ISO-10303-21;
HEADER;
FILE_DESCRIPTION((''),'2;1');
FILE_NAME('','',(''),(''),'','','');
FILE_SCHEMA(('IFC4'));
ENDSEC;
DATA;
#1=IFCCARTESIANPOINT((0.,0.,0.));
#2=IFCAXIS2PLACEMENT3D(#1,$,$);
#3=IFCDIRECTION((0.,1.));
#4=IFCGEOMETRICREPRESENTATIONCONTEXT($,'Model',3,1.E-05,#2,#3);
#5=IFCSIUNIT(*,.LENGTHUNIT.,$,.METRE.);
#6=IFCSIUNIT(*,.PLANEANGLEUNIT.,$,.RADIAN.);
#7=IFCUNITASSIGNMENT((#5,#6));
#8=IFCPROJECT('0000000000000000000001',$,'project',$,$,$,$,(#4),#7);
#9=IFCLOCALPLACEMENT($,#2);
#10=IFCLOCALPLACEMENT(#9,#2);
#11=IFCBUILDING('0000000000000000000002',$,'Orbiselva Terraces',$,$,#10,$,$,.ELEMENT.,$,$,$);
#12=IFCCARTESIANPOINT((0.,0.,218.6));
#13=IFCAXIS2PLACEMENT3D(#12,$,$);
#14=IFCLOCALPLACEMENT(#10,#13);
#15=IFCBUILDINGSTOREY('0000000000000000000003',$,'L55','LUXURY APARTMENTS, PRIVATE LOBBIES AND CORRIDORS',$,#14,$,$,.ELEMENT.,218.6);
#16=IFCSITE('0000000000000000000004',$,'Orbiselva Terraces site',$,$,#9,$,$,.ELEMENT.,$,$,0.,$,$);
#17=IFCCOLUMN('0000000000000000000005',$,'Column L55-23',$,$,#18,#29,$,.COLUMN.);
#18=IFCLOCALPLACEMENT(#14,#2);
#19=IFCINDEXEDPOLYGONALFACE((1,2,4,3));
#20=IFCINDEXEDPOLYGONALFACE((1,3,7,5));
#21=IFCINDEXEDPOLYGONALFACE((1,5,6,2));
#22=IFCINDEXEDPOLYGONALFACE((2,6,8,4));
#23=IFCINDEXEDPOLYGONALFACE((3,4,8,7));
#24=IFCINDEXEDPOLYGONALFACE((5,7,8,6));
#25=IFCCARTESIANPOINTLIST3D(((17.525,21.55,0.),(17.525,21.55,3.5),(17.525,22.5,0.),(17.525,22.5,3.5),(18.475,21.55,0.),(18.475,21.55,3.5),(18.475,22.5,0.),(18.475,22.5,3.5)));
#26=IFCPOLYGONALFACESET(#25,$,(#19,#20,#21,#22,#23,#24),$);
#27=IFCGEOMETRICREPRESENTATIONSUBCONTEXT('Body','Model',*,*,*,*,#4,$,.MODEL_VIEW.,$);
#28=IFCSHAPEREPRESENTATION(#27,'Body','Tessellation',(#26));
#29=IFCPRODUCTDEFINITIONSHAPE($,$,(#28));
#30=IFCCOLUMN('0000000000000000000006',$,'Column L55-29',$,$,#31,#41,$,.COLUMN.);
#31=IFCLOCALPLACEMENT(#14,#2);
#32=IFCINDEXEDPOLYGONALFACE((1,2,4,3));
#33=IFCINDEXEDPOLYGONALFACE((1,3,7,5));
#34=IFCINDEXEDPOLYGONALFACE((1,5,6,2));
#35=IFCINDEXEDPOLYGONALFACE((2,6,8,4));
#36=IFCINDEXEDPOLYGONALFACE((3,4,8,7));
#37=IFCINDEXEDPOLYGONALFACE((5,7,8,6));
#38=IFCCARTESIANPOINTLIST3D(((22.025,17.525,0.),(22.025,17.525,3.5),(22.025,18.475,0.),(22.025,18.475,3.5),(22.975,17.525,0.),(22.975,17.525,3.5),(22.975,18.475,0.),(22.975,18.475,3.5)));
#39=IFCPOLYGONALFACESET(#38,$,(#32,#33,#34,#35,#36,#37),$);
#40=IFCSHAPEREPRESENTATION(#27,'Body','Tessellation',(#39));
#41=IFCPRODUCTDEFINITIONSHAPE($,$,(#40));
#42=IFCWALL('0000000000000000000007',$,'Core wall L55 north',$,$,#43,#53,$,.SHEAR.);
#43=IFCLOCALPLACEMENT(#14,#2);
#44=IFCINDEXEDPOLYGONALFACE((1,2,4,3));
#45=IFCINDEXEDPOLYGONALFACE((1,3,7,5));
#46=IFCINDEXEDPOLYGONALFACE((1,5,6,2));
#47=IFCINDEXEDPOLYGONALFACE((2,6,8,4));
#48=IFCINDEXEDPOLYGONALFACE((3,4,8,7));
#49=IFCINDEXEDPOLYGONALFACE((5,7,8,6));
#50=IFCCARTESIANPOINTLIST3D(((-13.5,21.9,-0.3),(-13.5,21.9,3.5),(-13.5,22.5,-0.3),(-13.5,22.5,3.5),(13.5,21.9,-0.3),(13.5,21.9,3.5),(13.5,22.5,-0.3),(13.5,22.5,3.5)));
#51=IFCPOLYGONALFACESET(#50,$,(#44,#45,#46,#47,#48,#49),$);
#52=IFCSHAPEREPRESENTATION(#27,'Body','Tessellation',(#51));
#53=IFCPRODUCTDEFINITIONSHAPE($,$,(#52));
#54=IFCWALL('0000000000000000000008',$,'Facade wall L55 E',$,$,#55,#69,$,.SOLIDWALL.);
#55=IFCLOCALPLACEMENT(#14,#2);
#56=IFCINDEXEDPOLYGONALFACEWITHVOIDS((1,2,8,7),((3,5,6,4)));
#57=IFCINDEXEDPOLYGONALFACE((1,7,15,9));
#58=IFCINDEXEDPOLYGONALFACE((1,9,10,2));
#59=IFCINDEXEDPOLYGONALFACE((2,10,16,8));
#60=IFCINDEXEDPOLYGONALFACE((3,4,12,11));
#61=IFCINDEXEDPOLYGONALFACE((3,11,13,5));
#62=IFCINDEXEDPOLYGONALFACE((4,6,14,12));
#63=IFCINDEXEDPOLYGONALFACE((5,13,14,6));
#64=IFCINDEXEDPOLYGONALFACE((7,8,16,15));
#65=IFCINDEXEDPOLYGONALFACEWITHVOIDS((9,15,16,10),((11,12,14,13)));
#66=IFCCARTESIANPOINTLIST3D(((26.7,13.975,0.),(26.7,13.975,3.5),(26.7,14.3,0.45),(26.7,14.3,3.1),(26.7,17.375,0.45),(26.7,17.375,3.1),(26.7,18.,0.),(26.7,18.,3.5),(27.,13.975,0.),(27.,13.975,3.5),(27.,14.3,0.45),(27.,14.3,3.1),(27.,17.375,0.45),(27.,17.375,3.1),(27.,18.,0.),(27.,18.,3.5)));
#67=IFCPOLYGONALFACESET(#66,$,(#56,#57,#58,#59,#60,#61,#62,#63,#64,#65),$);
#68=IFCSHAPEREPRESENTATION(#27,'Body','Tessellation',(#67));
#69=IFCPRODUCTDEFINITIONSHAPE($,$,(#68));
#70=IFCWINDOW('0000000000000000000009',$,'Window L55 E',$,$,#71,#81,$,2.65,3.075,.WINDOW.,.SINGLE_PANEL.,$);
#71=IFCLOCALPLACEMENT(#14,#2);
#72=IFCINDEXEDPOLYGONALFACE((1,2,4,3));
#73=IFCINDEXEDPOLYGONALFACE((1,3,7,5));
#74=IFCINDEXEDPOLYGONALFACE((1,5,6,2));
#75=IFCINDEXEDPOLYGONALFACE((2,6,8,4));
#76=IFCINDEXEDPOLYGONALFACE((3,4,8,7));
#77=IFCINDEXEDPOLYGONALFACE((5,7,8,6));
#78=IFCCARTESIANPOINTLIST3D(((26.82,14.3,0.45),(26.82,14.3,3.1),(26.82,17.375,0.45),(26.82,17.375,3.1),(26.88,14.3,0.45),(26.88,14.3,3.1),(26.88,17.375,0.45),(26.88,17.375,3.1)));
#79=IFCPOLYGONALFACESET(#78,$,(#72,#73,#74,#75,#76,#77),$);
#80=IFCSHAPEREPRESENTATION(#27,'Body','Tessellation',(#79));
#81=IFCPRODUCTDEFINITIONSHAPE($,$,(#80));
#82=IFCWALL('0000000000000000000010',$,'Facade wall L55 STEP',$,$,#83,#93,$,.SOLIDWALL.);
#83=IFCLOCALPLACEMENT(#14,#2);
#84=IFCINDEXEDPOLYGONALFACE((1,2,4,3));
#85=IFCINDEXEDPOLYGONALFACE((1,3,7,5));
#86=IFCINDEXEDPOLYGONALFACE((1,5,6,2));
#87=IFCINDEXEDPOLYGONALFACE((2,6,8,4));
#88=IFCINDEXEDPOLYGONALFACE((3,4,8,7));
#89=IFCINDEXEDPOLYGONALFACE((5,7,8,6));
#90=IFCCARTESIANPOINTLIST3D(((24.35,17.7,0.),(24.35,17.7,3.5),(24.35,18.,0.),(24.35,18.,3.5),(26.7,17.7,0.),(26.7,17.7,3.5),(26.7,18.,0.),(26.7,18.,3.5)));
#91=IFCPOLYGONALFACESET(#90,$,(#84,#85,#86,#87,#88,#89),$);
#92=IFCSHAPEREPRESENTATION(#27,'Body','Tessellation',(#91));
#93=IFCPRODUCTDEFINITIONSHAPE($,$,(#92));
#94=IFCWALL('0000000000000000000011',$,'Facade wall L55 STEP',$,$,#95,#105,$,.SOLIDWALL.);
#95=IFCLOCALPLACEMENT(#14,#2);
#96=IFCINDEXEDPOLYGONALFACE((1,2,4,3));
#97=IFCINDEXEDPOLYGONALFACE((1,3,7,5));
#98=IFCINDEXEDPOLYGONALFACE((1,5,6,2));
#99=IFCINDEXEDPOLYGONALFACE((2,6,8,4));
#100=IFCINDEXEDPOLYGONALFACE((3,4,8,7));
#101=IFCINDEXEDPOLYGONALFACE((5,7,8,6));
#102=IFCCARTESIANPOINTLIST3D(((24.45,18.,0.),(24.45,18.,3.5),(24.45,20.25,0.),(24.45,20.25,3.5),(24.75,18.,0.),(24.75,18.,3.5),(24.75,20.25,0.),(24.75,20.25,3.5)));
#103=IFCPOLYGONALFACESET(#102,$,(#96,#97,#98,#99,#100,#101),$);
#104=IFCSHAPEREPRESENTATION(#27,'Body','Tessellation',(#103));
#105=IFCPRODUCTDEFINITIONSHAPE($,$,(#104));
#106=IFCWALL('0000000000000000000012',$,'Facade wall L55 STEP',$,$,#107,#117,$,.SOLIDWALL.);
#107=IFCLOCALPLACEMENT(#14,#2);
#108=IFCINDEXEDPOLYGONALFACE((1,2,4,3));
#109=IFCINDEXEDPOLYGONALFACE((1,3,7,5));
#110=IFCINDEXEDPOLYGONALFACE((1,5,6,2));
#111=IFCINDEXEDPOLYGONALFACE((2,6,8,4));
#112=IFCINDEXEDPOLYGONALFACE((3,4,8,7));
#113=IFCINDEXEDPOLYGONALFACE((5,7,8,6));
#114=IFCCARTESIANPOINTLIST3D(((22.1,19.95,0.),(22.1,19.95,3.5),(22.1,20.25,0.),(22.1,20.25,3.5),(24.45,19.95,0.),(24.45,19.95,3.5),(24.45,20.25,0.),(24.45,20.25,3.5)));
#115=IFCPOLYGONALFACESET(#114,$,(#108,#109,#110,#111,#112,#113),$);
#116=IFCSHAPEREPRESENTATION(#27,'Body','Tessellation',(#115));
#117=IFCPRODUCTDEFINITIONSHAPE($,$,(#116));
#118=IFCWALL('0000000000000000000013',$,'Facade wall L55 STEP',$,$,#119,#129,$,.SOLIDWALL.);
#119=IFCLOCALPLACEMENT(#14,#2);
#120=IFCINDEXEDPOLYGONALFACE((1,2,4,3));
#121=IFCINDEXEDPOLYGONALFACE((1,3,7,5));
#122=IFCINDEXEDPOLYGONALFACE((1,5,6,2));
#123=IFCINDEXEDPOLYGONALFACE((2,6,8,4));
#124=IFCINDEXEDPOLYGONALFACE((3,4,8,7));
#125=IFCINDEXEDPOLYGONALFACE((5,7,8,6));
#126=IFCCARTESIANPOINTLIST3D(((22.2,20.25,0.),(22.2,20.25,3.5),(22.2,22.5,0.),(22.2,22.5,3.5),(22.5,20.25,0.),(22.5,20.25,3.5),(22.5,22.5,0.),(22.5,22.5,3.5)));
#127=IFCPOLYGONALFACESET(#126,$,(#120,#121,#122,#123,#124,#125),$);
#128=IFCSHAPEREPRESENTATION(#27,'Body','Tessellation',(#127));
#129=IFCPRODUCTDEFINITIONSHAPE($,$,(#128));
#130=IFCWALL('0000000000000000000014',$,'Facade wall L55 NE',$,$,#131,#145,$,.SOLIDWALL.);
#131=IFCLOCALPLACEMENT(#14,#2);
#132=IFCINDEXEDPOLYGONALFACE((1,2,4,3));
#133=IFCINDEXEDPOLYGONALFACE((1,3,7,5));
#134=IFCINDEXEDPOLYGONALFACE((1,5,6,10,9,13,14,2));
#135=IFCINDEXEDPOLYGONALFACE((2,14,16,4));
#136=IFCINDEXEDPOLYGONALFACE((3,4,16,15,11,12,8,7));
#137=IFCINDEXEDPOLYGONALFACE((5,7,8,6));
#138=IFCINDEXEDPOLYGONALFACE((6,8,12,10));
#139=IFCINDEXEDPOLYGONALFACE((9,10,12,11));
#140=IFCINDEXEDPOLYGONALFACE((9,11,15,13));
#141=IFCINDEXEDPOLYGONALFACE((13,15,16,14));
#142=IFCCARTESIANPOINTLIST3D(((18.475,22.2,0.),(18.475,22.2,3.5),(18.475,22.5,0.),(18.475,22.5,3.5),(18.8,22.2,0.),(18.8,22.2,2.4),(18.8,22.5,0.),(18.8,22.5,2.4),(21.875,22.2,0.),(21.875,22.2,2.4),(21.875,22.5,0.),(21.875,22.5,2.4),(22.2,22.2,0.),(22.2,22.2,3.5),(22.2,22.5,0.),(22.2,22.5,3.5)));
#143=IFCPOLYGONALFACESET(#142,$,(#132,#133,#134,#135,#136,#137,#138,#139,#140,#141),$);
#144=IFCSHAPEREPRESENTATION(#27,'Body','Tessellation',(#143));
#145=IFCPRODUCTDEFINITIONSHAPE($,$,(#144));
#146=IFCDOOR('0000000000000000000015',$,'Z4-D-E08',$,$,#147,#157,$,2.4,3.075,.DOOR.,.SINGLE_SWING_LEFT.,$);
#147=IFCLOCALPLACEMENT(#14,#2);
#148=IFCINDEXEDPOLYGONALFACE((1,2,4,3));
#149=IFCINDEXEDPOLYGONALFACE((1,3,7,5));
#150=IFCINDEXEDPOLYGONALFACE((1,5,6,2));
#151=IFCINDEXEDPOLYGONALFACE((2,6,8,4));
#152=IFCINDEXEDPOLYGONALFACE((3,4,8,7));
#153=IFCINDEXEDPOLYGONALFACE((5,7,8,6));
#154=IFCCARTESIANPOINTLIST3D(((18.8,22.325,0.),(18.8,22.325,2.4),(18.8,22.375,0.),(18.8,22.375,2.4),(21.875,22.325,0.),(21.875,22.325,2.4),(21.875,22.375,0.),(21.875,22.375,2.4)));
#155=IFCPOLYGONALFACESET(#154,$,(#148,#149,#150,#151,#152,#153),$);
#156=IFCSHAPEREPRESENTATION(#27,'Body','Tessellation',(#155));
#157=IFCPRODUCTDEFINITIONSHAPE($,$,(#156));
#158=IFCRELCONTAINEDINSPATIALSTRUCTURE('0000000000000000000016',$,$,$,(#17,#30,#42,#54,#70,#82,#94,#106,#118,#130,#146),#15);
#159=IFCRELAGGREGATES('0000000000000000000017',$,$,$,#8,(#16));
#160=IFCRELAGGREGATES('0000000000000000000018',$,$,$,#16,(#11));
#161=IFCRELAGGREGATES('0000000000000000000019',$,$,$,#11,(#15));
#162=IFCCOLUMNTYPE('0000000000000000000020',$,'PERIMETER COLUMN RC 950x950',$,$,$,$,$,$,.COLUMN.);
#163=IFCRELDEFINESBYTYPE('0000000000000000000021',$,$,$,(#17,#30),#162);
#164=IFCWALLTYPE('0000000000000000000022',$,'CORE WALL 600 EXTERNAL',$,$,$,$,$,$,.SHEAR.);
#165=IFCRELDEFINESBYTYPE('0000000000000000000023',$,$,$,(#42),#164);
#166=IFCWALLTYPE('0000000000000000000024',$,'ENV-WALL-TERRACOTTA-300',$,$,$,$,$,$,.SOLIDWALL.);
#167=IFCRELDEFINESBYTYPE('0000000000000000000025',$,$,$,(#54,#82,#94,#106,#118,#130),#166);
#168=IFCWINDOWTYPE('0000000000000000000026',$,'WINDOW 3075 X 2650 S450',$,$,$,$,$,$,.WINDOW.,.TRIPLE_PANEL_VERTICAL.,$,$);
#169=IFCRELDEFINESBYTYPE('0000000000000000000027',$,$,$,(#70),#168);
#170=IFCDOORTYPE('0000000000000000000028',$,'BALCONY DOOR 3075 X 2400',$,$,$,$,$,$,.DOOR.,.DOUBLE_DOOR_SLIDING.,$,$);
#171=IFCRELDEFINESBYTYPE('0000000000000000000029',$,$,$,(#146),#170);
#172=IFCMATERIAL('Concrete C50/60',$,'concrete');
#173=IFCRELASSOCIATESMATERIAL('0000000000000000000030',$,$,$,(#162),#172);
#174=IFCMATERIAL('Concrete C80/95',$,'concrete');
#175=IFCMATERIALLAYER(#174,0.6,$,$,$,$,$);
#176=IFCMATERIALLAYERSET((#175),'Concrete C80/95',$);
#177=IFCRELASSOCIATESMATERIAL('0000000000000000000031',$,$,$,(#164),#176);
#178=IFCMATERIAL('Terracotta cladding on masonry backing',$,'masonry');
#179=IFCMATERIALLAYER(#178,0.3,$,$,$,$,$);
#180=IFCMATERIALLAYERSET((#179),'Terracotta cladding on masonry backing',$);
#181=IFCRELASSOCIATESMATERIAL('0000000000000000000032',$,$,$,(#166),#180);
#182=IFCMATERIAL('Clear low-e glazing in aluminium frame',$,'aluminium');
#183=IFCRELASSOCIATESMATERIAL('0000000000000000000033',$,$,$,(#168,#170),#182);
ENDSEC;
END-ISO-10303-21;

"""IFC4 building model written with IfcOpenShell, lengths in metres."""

from ifc_helpers import new_model, si_unit, direction, frame, frame_2d, origin, origin_2d, place, context, subcontext, project, spatial, rectangle, extrude, material, layer, layer_set, material_profile, profile_set, type_object, element, fill, save


model = new_model("IFC4")

# Units and contexts
model_context = context("Model", 3, precision=1e-05, world=origin(), true_north=direction((0.0, 1.0)))
body_context = subcontext(model_context, "Body", "Model", "MODEL_VIEW")
ifc_project = project(units=[si_unit("LENGTHUNIT", "METRE"), si_unit("PLANEANGLEUNIT", "RADIAN")], contexts=[model_context])

# Site, building, storey
site_placement = place(None, origin())
site = spatial("IfcSite", under=ifc_project, at=site_placement, Name="Orbiselva Terraces site", CompositionType="ELEMENT", RefElevation=0.0)
building_placement = place(site_placement, origin())
building = spatial("IfcBuilding", under=site, at=building_placement, Name="Orbiselva Terraces", CompositionType="ELEMENT")
storey_placement = place(building_placement, frame((0.0, 0.0, 218.6)))
storey = spatial("IfcBuildingStorey", under=building, at=storey_placement, Name="L55", Description="LUXURY APARTMENTS, PRIVATE LOBBIES AND CORRIDORS", CompositionType="ELEMENT", Elevation=218.6)

# Columns
ifc_material_1 = material(Name="Concrete C50/60", Category="concrete")
ifc_material_profile = material_profile(ifc_material_1, rectangle(XDim=0.95, YDim=0.95, at=origin_2d()), Name="RC 950x950")
ifc_profile_set = profile_set([ifc_material_profile], Name="Concrete C50/60")
column_type = type_object("IfcColumnType", Name="PERIMETER COLUMN RC 950x950", PredefinedType="COLUMN", material=ifc_profile_set)
for number, where, z_axis, x_axis, name in (
    (1, (18.0, 22.025, 0.0), (0.0, 0.0, 1.0), (1.0, 0.0, 0.0), "Column L55-23"),
    (2, (22.5, 18.0, 0.0), (0.0, 0.0, 1.0), (1.0, 0.0, 0.0), "Column L55-29"),
):
    element("IfcColumn", number, at=place(storey_placement, frame(where, z_axis=z_axis, x_axis=x_axis)), inside=storey, type_object=column_type, Name=name, PredefinedType="COLUMN", context=body_context, shape_type="SweptSolid", body=[
        extrude(rectangle(XDim=0.95, YDim=0.95, at=origin_2d()), origin(), (0.0, 0.0, 1.0), 3.5),
    ])

# Wall
ifc_material_2 = material(Name="Concrete C80/95", Category="concrete")
ifc_layer_1 = layer(ifc_material_2, 0.6)
ifc_layer_set_1 = layer_set([ifc_layer_1], Name="Concrete C80/95")
wall_type_1 = type_object("IfcWallType", Name="CORE WALL 600 EXTERNAL", PredefinedType="SHEAR", material=ifc_layer_set_1)
wall_1_placement = place(storey_placement, frame((13.5, 22.2, -0.3), z_axis=(0.0, 0.0, 1.0), x_axis=(-1.0, 0.0, 0.0)))
element("IfcWall", 3, at=wall_1_placement, inside=storey, type_object=wall_type_1, Name="Core wall L55 north", PredefinedType="SHEAR", context=body_context, shape_type="SweptSolid", body=[
    extrude(rectangle(XDim=27.0, YDim=0.6, at=frame_2d((13.5, 0.0))), origin(), (0.0, 0.0, 1.0), 3.8),
])

# Wall, opening, window
ifc_material_3 = material(Name="Terracotta cladding on masonry backing", Category="masonry")
ifc_layer_2 = layer(ifc_material_3, 0.3)
ifc_layer_set_2 = layer_set([ifc_layer_2], Name="Terracotta cladding on masonry backing")
wall_type_2 = type_object("IfcWallType", Name="ENV-WALL-TERRACOTTA-300", PredefinedType="SOLIDWALL", material=ifc_layer_set_2)
wall_2_placement = place(storey_placement, frame((26.85, 18.0, 0.0), z_axis=(0.0, 0.0, 1.0), x_axis=(0.0, -1.0, 0.0)))
wall_2 = element("IfcWall", 4, at=wall_2_placement, inside=storey, type_object=wall_type_2, Name="Facade wall L55 E", PredefinedType="SOLIDWALL", context=body_context, shape_type="SweptSolid", body=[
    extrude(rectangle(XDim=4.025, YDim=0.3, at=frame_2d((2.0125, 0.0))), origin(), (0.0, 0.0, 1.0), 3.5),
])
opening_1_placement = place(wall_2_placement, frame((0.625, 0.0, 0.45)))
opening_1 = element("IfcOpeningElement", 5, at=opening_1_placement, cuts=wall_2, PredefinedType="OPENING", context=body_context, shape_type="SweptSolid", body=[
    extrude(rectangle(XDim=3.075, YDim=2.65, at=frame_2d((1.5375, 1.325))), frame((0.0, 0.16, 0.0), z_axis=(0.0, -1.0, 0.0), x_axis=(1.0, 0.0, 0.0)), (0.0, 0.0, 1.0), 0.32),
])
ifc_material_4 = material(Name="Clear low-e glazing in aluminium frame", Category="aluminium")
window_type = type_object("IfcWindowType", Name="WINDOW 3075 X 2650 S450", PartitioningType="TRIPLE_PANEL_VERTICAL", PredefinedType="WINDOW", material=ifc_material_4)
window_1_placement = place(opening_1_placement, origin())
window_1 = element("IfcWindow", 6, at=window_1_placement, inside=storey, type_object=window_type, Name="Window L55 E", OverallHeight=2.65, OverallWidth=3.075, PartitioningType="SINGLE_PANEL", PredefinedType="WINDOW", context=body_context, shape_type="SweptSolid", body=[
    extrude(rectangle(XDim=3.075, YDim=2.65, at=frame_2d((1.5375, 1.325))), frame((0.0, 0.03, 0.0), z_axis=(0.0, -1.0, 0.0), x_axis=(1.0, 0.0, 0.0)), (0.0, 0.0, 1.0), 0.06),
])
fill(opening_1, window_1)

# Walls
wall_3_placement = place(storey_placement, frame((24.35, 17.85, 0.0), z_axis=(0.0, 0.0, 1.0), x_axis=(1.0, 0.0, 0.0)))
element("IfcWall", 7, at=wall_3_placement, inside=storey, type_object=wall_type_2, Name="Facade wall L55 STEP", PredefinedType="SOLIDWALL", context=body_context, shape_type="SweptSolid", body=[
    extrude(rectangle(XDim=2.35, YDim=0.3, at=frame_2d((1.175, 0.0))), origin(), (0.0, 0.0, 1.0), 3.5),
])
wall_4_placement = place(storey_placement, frame((24.6, 20.25, 0.0), z_axis=(0.0, 0.0, 1.0), x_axis=(0.0, -1.0, 0.0)))
element("IfcWall", 8, at=wall_4_placement, inside=storey, type_object=wall_type_2, Name="Facade wall L55 STEP", PredefinedType="SOLIDWALL", context=body_context, shape_type="SweptSolid", body=[
    extrude(rectangle(XDim=2.25, YDim=0.3, at=frame_2d((1.125, 0.0))), origin(), (0.0, 0.0, 1.0), 3.5),
])
wall_5_placement = place(storey_placement, frame((22.1, 20.1, 0.0), z_axis=(0.0, 0.0, 1.0), x_axis=(1.0, 0.0, 0.0)))
element("IfcWall", 9, at=wall_5_placement, inside=storey, type_object=wall_type_2, Name="Facade wall L55 STEP", PredefinedType="SOLIDWALL", context=body_context, shape_type="SweptSolid", body=[
    extrude(rectangle(XDim=2.35, YDim=0.3, at=frame_2d((1.175, 0.0))), origin(), (0.0, 0.0, 1.0), 3.5),
])
wall_6_placement = place(storey_placement, frame((22.35, 22.5, 0.0), z_axis=(0.0, 0.0, 1.0), x_axis=(0.0, -1.0, 0.0)))
element("IfcWall", 10, at=wall_6_placement, inside=storey, type_object=wall_type_2, Name="Facade wall L55 STEP", PredefinedType="SOLIDWALL", context=body_context, shape_type="SweptSolid", body=[
    extrude(rectangle(XDim=2.25, YDim=0.3, at=frame_2d((1.125, 0.0))), origin(), (0.0, 0.0, 1.0), 3.5),
])

# Wall, opening, door
wall_7_placement = place(storey_placement, frame((18.475, 22.35, 0.0), z_axis=(0.0, 0.0, 1.0), x_axis=(1.0, 0.0, 0.0)))
wall_7 = element("IfcWall", 11, at=wall_7_placement, inside=storey, type_object=wall_type_2, Name="Facade wall L55 NE", PredefinedType="SOLIDWALL", context=body_context, shape_type="SweptSolid", body=[
    extrude(rectangle(XDim=3.725, YDim=0.3, at=frame_2d((1.8625, 0.0))), origin(), (0.0, 0.0, 1.0), 3.5),
])
opening_2_placement = place(wall_7_placement, frame((0.325, 0.0, 0.0)))
opening_2 = element("IfcOpeningElement", 12, at=opening_2_placement, cuts=wall_7, PredefinedType="OPENING", context=body_context, shape_type="SweptSolid", body=[
    extrude(rectangle(XDim=3.075, YDim=2.4, at=frame_2d((1.5375, 1.2))), frame((0.0, 0.16, 0.0), z_axis=(0.0, -1.0, 0.0), x_axis=(1.0, 0.0, 0.0)), (0.0, 0.0, 1.0), 0.32),
])
door_type_1 = type_object("IfcDoorType", Name="BALCONY DOOR 3075 X 2400", OperationType="DOUBLE_DOOR_SLIDING", PredefinedType="DOOR", material=ifc_material_4)
door_1_placement = place(opening_2_placement, origin())
door_1 = element("IfcDoor", 13, at=door_1_placement, inside=storey, type_object=door_type_1, Name="Z4-D-E08", OperationType="SINGLE_SWING_LEFT", OverallHeight=2.4, OverallWidth=3.075, PredefinedType="DOOR", context=body_context, shape_type="SweptSolid", body=[
    extrude(rectangle(XDim=3.075, YDim=2.4, at=frame_2d((1.5375, 1.2))), frame((0.0, 0.025, 0.0), z_axis=(0.0, -1.0, 0.0), x_axis=(1.0, 0.0, 0.0)), (0.0, 0.0, 1.0), 0.05),
])
fill(opening_2, door_1)

save(model, "model.ifc")
